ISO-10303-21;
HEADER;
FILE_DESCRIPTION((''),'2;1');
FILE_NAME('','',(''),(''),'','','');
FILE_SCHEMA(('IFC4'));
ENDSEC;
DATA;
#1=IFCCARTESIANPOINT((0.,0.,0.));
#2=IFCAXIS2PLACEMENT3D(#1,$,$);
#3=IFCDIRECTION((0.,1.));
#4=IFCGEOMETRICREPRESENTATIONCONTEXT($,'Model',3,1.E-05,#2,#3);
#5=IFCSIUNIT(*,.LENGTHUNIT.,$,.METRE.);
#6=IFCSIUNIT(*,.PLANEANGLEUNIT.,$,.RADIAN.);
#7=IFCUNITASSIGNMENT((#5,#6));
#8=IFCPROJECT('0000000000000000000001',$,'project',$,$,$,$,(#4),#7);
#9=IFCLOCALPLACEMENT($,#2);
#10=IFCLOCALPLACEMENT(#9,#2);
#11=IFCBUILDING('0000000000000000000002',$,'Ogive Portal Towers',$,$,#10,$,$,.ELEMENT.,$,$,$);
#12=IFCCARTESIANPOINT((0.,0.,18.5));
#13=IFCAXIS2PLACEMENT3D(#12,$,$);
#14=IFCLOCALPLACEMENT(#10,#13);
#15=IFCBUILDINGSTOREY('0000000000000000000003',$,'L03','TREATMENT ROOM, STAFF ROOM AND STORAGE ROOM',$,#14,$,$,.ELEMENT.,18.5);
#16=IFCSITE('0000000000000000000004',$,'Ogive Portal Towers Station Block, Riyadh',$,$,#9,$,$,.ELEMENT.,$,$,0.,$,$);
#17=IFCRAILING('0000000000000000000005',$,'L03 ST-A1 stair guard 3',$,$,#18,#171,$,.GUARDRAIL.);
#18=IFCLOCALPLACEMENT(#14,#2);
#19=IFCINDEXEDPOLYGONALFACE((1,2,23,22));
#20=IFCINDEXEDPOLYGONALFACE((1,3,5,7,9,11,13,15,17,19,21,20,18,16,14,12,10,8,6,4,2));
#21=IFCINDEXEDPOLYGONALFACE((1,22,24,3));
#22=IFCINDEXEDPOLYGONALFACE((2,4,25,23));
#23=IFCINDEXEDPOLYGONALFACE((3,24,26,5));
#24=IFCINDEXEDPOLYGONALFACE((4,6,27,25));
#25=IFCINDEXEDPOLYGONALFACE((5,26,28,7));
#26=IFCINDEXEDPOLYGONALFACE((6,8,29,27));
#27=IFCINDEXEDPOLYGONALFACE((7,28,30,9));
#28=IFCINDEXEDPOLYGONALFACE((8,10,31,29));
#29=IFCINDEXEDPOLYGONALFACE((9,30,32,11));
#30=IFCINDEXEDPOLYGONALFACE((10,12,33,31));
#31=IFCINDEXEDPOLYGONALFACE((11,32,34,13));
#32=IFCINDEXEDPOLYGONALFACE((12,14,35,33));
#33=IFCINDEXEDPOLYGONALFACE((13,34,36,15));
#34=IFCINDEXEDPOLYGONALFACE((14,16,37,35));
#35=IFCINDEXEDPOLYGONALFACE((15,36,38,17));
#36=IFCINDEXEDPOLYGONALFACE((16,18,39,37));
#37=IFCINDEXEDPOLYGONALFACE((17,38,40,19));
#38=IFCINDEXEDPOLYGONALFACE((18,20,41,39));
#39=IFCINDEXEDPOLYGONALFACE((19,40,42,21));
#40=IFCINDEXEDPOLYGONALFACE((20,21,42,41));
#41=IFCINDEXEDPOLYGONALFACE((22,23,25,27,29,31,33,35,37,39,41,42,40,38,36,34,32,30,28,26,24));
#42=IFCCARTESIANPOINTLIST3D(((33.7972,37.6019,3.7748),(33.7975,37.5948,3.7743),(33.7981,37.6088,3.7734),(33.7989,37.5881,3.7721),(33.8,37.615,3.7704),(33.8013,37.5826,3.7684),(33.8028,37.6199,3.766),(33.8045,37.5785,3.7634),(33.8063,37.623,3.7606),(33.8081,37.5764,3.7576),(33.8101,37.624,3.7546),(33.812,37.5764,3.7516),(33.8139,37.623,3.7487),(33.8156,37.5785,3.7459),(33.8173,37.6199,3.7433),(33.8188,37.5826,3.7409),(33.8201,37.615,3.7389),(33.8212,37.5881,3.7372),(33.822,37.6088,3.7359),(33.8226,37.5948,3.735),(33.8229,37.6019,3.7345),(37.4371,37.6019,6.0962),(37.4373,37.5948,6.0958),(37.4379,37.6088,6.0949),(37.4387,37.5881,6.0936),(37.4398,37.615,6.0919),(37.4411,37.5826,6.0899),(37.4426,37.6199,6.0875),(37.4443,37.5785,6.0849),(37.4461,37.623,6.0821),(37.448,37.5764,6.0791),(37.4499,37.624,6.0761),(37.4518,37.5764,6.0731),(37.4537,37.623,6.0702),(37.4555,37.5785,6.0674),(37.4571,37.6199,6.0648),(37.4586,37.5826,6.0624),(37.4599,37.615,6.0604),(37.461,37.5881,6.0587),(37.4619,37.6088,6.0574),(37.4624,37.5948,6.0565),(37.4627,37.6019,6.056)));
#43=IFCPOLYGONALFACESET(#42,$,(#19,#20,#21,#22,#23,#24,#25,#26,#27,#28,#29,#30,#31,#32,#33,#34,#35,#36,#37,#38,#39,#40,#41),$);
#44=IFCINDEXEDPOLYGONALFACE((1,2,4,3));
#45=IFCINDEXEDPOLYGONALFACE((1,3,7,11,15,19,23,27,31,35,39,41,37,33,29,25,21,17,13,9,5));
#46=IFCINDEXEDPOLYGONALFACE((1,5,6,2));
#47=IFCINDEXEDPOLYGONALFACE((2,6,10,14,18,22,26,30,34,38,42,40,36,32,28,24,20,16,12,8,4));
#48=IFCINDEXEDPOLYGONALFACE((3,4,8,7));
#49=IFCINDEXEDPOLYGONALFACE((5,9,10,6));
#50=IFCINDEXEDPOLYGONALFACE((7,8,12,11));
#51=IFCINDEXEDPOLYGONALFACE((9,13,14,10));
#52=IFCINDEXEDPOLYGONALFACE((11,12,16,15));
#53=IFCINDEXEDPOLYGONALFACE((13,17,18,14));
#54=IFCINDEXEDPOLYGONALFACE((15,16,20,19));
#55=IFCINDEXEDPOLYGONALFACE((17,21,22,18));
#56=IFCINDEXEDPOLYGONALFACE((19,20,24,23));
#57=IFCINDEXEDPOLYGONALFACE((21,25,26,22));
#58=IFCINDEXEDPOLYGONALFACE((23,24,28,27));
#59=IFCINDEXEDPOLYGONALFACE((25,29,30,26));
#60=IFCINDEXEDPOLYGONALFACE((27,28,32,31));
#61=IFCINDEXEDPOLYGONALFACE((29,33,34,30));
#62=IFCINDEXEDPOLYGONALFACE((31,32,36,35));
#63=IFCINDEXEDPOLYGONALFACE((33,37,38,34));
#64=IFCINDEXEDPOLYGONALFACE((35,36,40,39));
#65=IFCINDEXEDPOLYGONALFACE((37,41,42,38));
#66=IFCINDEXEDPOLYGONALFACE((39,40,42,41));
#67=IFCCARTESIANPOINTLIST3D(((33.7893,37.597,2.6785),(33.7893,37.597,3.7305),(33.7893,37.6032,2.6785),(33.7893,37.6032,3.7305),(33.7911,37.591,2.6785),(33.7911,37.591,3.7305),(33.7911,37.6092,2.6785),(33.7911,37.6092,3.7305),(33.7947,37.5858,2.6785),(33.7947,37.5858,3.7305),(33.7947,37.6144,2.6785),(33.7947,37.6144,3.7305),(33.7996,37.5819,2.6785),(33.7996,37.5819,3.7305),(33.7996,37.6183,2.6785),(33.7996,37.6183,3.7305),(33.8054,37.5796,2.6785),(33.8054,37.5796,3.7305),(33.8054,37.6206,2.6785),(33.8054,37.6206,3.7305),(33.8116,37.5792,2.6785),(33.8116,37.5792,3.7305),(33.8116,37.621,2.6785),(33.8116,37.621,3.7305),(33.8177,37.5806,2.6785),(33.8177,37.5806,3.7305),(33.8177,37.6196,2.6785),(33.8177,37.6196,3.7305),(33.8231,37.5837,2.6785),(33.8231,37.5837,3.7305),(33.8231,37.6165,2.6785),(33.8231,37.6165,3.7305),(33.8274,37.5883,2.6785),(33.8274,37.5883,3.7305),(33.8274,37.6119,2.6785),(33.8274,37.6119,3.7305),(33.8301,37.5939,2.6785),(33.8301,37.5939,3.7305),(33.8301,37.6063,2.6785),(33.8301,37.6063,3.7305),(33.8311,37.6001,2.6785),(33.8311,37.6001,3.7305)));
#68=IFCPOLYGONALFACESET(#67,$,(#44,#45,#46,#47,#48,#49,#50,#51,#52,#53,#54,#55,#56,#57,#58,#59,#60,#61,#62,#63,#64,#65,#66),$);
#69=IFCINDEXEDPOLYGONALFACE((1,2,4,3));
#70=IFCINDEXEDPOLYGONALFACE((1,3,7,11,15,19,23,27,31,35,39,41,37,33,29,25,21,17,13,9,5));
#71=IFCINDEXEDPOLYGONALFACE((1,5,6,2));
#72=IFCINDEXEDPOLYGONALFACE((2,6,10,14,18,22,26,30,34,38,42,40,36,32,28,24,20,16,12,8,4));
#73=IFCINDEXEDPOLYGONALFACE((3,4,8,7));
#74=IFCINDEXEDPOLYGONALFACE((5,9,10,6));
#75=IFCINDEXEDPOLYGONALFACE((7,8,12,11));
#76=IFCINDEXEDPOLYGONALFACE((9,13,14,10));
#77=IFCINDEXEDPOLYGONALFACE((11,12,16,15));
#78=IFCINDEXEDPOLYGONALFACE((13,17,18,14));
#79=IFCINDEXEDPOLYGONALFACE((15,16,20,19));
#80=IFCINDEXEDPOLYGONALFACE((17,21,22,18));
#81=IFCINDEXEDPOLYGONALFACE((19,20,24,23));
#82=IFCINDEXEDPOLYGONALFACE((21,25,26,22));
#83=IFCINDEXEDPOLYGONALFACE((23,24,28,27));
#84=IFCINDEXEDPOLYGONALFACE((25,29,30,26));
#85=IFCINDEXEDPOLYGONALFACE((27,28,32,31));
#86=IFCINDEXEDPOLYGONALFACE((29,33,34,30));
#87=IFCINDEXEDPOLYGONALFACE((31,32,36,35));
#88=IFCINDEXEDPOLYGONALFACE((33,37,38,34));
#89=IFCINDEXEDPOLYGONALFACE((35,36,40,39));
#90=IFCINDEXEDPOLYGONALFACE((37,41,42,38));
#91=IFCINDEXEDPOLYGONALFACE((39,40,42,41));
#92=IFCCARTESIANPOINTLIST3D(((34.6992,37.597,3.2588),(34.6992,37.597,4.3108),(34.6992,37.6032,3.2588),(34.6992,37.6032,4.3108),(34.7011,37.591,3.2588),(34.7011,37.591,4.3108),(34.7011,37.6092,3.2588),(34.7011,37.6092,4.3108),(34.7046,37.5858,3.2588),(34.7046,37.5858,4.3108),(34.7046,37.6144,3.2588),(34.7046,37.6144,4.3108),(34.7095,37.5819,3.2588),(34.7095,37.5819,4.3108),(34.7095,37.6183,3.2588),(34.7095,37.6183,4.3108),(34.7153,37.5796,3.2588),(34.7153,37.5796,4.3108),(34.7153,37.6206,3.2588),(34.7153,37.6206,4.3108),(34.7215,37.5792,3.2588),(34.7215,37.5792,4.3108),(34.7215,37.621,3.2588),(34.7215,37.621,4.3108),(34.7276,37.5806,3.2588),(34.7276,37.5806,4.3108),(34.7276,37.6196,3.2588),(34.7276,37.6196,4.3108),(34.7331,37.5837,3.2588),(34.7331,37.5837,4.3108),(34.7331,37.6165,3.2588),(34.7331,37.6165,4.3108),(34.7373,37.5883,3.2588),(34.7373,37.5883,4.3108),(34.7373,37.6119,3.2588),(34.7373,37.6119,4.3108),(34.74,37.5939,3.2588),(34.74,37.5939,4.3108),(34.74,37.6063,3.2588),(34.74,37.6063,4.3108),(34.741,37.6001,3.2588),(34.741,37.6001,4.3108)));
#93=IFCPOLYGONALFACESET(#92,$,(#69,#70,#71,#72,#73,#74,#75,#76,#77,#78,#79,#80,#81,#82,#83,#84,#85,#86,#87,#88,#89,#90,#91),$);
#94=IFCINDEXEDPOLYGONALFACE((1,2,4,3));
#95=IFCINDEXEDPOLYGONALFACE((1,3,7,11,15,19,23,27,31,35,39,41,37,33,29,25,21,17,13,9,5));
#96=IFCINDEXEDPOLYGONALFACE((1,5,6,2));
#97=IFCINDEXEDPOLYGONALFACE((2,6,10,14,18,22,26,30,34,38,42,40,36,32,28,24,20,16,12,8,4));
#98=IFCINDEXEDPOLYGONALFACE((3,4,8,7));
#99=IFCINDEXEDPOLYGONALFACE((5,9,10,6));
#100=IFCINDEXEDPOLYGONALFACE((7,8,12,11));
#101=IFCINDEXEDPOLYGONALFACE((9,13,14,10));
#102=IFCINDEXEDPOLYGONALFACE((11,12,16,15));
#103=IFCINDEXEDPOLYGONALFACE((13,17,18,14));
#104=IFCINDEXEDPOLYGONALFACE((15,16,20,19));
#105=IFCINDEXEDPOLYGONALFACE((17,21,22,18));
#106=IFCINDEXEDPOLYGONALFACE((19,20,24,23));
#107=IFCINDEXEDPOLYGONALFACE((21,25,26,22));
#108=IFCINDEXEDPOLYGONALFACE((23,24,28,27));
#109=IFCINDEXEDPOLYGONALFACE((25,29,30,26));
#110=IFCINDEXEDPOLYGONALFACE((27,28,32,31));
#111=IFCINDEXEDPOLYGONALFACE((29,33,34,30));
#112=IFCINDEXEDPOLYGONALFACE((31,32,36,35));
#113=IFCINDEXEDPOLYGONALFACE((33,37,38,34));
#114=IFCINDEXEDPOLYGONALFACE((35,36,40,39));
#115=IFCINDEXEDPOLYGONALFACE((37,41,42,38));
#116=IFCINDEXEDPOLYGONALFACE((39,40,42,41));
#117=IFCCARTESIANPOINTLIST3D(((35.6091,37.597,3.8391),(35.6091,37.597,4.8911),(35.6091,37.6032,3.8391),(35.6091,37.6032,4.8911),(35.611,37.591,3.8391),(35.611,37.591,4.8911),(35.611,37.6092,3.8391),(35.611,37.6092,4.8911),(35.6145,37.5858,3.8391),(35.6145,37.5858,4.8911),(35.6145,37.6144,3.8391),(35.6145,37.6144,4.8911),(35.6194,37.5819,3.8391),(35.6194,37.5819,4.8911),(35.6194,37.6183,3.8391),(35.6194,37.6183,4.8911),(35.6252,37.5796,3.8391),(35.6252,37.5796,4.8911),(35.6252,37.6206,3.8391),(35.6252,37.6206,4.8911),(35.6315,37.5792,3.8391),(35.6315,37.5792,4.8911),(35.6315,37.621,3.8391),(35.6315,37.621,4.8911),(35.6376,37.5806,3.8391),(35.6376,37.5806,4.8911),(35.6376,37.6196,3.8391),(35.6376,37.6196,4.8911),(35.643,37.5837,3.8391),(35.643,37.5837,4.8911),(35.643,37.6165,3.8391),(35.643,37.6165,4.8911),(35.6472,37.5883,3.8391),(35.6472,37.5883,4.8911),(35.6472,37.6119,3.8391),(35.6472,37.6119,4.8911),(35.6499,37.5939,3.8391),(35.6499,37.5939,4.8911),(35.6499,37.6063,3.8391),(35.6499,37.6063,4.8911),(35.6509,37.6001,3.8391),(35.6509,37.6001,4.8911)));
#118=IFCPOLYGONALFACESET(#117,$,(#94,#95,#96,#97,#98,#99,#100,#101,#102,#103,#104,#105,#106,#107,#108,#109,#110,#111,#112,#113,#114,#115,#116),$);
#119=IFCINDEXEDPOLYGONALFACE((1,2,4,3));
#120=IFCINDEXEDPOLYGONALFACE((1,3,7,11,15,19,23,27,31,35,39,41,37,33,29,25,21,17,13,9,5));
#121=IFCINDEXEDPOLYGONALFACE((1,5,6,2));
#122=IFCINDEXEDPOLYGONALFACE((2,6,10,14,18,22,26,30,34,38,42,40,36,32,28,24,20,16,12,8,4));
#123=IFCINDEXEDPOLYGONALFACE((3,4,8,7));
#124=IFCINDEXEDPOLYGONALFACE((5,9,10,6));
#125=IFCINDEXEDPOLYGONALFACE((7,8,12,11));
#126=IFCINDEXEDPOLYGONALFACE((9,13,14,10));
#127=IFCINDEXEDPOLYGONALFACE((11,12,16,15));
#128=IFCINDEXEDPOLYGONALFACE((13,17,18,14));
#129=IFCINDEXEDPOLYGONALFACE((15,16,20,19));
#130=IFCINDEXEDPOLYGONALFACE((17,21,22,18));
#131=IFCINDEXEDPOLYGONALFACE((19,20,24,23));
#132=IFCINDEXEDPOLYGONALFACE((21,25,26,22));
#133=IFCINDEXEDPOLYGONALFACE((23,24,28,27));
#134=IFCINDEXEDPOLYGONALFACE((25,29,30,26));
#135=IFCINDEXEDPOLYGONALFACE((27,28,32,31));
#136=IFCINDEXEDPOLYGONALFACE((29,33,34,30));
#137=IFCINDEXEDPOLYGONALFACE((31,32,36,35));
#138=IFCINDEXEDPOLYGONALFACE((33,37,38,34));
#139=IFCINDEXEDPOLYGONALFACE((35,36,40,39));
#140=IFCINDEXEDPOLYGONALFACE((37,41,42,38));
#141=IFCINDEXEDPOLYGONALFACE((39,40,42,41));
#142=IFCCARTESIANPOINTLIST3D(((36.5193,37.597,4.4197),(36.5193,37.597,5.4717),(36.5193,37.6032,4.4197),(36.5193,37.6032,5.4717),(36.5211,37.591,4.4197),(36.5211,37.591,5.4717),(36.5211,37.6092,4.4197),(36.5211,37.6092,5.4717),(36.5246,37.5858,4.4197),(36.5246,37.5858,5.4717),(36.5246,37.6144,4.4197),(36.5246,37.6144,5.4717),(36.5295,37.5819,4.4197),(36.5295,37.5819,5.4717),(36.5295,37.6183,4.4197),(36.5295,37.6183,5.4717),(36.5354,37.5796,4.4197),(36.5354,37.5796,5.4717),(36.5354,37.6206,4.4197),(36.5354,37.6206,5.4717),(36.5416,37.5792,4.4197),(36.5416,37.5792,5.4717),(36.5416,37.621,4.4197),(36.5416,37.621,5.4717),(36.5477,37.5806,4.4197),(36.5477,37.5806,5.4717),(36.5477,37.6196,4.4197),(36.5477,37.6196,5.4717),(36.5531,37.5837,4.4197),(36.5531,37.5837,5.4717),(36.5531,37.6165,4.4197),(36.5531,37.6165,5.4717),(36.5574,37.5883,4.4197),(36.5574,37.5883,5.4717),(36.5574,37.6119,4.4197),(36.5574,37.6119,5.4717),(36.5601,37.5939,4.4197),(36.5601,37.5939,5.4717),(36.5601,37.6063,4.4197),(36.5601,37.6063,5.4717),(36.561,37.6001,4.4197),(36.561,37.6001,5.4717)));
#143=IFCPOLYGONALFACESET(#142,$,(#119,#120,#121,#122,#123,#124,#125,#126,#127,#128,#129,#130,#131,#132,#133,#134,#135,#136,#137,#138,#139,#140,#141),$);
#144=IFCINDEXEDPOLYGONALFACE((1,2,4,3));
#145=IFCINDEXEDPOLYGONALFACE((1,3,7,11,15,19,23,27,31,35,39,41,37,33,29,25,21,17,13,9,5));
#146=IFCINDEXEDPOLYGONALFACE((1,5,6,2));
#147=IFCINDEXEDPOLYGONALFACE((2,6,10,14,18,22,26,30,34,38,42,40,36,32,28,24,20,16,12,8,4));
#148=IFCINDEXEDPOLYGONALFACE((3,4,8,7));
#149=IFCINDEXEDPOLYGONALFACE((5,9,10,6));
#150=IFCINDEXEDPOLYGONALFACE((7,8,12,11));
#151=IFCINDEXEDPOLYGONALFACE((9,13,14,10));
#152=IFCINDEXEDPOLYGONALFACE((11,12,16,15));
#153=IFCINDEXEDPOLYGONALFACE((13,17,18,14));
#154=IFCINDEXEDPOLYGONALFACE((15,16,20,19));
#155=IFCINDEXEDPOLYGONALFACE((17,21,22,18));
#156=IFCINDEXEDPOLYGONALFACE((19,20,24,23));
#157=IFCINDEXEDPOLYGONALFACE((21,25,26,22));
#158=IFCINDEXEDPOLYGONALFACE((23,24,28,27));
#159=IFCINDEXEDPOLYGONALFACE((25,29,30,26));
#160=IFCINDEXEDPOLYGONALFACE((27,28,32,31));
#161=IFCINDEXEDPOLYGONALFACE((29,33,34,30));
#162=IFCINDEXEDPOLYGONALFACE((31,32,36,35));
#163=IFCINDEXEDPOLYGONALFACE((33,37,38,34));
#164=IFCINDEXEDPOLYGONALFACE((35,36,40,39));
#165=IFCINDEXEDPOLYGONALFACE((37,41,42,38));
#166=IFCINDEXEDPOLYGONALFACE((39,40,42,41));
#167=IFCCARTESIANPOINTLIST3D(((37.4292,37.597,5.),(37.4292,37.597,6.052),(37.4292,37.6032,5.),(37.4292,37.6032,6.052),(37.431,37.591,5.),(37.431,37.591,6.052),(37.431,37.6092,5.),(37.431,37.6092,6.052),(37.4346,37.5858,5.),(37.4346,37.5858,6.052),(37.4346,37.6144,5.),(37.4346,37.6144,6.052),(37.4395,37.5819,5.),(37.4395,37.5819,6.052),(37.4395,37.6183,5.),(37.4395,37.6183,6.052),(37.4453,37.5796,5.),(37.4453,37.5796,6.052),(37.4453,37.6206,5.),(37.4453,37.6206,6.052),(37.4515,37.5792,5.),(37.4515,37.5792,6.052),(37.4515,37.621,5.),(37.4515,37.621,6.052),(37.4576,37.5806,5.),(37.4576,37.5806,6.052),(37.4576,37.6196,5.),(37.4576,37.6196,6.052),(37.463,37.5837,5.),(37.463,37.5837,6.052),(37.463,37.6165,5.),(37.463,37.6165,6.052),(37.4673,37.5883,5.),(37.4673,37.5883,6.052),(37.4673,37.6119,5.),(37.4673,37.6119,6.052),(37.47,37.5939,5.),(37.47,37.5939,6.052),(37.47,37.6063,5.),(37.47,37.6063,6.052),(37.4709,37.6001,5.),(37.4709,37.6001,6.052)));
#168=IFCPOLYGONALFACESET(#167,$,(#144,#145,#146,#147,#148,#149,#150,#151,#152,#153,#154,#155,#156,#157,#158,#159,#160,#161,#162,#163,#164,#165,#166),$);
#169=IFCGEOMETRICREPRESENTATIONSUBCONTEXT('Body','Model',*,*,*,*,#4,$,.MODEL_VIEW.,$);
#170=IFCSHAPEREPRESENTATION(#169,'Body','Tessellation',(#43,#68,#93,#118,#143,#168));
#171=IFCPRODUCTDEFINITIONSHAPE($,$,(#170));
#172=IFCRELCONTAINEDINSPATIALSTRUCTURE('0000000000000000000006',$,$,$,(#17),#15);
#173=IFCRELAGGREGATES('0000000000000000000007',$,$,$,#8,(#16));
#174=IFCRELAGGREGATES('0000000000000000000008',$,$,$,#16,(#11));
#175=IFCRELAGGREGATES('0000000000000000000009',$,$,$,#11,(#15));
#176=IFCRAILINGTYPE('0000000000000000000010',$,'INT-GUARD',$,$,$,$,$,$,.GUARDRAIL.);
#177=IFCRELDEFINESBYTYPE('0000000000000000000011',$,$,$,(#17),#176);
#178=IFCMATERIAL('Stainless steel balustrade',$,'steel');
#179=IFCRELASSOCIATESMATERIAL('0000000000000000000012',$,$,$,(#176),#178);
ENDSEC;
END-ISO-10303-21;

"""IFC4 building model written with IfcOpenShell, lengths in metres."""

from ifc_helpers import new_model, si_unit, direction, frame, origin, origin_2d, place, context, subcontext, project, spatial, circle, extrude, material, type_object, element, save


model = new_model("IFC4")

# Units and contexts
model_context = context("Model", 3, precision=1e-05, world=origin(), true_north=direction((0.0, 1.0)))
body_context = subcontext(model_context, "Body", "Model", "MODEL_VIEW")
ifc_project = project(units=[si_unit("LENGTHUNIT", "METRE"), si_unit("PLANEANGLEUNIT", "RADIAN")], contexts=[model_context])

# Site, building, storey
site_placement = place(None, origin())
site = spatial("IfcSite", under=ifc_project, at=site_placement, Name="Ogive Portal Towers Station Block, Riyadh", CompositionType="ELEMENT", RefElevation=0.0)
building_placement = place(site_placement, origin())
building = spatial("IfcBuilding", under=site, at=building_placement, Name="Ogive Portal Towers", CompositionType="ELEMENT")
storey_placement = place(building_placement, frame((0.0, 0.0, 18.5)))
storey = spatial("IfcBuildingStorey", under=building, at=storey_placement, Name="L03", Description="TREATMENT ROOM, STAFF ROOM AND STORAGE ROOM", CompositionType="ELEMENT", Elevation=18.5)

# Railing
ifc_material_1 = material(Name="Stainless steel balustrade", Category="steel")
railing_type_1 = type_object("IfcRailingType", Name="INT-GUARD", PredefinedType="GUARDRAIL", material=ifc_material_1)
railing_1_placement = place(storey_placement, frame((33.8101, 37.6001, 2.6785)))
element("IfcRailing", 1, at=railing_1_placement, inside=storey, type_object=railing_type_1, Name="L03 ST-A1 stair guard 3", PredefinedType="GUARDRAIL", context=body_context, shape_type="SweptSolid", body=[
    extrude(circle(Radius=0.0239, at=origin_2d()), frame((0.0, 0.0, 1.0762), z_axis=(0.843112, 0.0, 0.537739), x_axis=(0.0, 1.0, 0.0)), (0.0, 0.0, 1.0), 4.3171),
    extrude(circle(Radius=0.021, at=origin_2d()), origin(), (0.0, 0.0, 1.0), 1.052),
    extrude(circle(Radius=0.021, at=origin_2d()), frame((0.9099, 0.0, 0.5803)), (0.0, 0.0, 1.0), 1.052),
    extrude(circle(Radius=0.021, at=origin_2d()), frame((1.8198, 0.0, 1.1606)), (0.0, 0.0, 1.0), 1.052),
    extrude(circle(Radius=0.021, at=origin_2d()), frame((2.73, 0.0, 1.7412)), (0.0, 0.0, 1.0), 1.052),
    extrude(circle(Radius=0.021, at=origin_2d()), frame((3.6399, 0.0, 2.3215)), (0.0, 0.0, 1.0), 1.052),
])

save(model, "model.ifc")
